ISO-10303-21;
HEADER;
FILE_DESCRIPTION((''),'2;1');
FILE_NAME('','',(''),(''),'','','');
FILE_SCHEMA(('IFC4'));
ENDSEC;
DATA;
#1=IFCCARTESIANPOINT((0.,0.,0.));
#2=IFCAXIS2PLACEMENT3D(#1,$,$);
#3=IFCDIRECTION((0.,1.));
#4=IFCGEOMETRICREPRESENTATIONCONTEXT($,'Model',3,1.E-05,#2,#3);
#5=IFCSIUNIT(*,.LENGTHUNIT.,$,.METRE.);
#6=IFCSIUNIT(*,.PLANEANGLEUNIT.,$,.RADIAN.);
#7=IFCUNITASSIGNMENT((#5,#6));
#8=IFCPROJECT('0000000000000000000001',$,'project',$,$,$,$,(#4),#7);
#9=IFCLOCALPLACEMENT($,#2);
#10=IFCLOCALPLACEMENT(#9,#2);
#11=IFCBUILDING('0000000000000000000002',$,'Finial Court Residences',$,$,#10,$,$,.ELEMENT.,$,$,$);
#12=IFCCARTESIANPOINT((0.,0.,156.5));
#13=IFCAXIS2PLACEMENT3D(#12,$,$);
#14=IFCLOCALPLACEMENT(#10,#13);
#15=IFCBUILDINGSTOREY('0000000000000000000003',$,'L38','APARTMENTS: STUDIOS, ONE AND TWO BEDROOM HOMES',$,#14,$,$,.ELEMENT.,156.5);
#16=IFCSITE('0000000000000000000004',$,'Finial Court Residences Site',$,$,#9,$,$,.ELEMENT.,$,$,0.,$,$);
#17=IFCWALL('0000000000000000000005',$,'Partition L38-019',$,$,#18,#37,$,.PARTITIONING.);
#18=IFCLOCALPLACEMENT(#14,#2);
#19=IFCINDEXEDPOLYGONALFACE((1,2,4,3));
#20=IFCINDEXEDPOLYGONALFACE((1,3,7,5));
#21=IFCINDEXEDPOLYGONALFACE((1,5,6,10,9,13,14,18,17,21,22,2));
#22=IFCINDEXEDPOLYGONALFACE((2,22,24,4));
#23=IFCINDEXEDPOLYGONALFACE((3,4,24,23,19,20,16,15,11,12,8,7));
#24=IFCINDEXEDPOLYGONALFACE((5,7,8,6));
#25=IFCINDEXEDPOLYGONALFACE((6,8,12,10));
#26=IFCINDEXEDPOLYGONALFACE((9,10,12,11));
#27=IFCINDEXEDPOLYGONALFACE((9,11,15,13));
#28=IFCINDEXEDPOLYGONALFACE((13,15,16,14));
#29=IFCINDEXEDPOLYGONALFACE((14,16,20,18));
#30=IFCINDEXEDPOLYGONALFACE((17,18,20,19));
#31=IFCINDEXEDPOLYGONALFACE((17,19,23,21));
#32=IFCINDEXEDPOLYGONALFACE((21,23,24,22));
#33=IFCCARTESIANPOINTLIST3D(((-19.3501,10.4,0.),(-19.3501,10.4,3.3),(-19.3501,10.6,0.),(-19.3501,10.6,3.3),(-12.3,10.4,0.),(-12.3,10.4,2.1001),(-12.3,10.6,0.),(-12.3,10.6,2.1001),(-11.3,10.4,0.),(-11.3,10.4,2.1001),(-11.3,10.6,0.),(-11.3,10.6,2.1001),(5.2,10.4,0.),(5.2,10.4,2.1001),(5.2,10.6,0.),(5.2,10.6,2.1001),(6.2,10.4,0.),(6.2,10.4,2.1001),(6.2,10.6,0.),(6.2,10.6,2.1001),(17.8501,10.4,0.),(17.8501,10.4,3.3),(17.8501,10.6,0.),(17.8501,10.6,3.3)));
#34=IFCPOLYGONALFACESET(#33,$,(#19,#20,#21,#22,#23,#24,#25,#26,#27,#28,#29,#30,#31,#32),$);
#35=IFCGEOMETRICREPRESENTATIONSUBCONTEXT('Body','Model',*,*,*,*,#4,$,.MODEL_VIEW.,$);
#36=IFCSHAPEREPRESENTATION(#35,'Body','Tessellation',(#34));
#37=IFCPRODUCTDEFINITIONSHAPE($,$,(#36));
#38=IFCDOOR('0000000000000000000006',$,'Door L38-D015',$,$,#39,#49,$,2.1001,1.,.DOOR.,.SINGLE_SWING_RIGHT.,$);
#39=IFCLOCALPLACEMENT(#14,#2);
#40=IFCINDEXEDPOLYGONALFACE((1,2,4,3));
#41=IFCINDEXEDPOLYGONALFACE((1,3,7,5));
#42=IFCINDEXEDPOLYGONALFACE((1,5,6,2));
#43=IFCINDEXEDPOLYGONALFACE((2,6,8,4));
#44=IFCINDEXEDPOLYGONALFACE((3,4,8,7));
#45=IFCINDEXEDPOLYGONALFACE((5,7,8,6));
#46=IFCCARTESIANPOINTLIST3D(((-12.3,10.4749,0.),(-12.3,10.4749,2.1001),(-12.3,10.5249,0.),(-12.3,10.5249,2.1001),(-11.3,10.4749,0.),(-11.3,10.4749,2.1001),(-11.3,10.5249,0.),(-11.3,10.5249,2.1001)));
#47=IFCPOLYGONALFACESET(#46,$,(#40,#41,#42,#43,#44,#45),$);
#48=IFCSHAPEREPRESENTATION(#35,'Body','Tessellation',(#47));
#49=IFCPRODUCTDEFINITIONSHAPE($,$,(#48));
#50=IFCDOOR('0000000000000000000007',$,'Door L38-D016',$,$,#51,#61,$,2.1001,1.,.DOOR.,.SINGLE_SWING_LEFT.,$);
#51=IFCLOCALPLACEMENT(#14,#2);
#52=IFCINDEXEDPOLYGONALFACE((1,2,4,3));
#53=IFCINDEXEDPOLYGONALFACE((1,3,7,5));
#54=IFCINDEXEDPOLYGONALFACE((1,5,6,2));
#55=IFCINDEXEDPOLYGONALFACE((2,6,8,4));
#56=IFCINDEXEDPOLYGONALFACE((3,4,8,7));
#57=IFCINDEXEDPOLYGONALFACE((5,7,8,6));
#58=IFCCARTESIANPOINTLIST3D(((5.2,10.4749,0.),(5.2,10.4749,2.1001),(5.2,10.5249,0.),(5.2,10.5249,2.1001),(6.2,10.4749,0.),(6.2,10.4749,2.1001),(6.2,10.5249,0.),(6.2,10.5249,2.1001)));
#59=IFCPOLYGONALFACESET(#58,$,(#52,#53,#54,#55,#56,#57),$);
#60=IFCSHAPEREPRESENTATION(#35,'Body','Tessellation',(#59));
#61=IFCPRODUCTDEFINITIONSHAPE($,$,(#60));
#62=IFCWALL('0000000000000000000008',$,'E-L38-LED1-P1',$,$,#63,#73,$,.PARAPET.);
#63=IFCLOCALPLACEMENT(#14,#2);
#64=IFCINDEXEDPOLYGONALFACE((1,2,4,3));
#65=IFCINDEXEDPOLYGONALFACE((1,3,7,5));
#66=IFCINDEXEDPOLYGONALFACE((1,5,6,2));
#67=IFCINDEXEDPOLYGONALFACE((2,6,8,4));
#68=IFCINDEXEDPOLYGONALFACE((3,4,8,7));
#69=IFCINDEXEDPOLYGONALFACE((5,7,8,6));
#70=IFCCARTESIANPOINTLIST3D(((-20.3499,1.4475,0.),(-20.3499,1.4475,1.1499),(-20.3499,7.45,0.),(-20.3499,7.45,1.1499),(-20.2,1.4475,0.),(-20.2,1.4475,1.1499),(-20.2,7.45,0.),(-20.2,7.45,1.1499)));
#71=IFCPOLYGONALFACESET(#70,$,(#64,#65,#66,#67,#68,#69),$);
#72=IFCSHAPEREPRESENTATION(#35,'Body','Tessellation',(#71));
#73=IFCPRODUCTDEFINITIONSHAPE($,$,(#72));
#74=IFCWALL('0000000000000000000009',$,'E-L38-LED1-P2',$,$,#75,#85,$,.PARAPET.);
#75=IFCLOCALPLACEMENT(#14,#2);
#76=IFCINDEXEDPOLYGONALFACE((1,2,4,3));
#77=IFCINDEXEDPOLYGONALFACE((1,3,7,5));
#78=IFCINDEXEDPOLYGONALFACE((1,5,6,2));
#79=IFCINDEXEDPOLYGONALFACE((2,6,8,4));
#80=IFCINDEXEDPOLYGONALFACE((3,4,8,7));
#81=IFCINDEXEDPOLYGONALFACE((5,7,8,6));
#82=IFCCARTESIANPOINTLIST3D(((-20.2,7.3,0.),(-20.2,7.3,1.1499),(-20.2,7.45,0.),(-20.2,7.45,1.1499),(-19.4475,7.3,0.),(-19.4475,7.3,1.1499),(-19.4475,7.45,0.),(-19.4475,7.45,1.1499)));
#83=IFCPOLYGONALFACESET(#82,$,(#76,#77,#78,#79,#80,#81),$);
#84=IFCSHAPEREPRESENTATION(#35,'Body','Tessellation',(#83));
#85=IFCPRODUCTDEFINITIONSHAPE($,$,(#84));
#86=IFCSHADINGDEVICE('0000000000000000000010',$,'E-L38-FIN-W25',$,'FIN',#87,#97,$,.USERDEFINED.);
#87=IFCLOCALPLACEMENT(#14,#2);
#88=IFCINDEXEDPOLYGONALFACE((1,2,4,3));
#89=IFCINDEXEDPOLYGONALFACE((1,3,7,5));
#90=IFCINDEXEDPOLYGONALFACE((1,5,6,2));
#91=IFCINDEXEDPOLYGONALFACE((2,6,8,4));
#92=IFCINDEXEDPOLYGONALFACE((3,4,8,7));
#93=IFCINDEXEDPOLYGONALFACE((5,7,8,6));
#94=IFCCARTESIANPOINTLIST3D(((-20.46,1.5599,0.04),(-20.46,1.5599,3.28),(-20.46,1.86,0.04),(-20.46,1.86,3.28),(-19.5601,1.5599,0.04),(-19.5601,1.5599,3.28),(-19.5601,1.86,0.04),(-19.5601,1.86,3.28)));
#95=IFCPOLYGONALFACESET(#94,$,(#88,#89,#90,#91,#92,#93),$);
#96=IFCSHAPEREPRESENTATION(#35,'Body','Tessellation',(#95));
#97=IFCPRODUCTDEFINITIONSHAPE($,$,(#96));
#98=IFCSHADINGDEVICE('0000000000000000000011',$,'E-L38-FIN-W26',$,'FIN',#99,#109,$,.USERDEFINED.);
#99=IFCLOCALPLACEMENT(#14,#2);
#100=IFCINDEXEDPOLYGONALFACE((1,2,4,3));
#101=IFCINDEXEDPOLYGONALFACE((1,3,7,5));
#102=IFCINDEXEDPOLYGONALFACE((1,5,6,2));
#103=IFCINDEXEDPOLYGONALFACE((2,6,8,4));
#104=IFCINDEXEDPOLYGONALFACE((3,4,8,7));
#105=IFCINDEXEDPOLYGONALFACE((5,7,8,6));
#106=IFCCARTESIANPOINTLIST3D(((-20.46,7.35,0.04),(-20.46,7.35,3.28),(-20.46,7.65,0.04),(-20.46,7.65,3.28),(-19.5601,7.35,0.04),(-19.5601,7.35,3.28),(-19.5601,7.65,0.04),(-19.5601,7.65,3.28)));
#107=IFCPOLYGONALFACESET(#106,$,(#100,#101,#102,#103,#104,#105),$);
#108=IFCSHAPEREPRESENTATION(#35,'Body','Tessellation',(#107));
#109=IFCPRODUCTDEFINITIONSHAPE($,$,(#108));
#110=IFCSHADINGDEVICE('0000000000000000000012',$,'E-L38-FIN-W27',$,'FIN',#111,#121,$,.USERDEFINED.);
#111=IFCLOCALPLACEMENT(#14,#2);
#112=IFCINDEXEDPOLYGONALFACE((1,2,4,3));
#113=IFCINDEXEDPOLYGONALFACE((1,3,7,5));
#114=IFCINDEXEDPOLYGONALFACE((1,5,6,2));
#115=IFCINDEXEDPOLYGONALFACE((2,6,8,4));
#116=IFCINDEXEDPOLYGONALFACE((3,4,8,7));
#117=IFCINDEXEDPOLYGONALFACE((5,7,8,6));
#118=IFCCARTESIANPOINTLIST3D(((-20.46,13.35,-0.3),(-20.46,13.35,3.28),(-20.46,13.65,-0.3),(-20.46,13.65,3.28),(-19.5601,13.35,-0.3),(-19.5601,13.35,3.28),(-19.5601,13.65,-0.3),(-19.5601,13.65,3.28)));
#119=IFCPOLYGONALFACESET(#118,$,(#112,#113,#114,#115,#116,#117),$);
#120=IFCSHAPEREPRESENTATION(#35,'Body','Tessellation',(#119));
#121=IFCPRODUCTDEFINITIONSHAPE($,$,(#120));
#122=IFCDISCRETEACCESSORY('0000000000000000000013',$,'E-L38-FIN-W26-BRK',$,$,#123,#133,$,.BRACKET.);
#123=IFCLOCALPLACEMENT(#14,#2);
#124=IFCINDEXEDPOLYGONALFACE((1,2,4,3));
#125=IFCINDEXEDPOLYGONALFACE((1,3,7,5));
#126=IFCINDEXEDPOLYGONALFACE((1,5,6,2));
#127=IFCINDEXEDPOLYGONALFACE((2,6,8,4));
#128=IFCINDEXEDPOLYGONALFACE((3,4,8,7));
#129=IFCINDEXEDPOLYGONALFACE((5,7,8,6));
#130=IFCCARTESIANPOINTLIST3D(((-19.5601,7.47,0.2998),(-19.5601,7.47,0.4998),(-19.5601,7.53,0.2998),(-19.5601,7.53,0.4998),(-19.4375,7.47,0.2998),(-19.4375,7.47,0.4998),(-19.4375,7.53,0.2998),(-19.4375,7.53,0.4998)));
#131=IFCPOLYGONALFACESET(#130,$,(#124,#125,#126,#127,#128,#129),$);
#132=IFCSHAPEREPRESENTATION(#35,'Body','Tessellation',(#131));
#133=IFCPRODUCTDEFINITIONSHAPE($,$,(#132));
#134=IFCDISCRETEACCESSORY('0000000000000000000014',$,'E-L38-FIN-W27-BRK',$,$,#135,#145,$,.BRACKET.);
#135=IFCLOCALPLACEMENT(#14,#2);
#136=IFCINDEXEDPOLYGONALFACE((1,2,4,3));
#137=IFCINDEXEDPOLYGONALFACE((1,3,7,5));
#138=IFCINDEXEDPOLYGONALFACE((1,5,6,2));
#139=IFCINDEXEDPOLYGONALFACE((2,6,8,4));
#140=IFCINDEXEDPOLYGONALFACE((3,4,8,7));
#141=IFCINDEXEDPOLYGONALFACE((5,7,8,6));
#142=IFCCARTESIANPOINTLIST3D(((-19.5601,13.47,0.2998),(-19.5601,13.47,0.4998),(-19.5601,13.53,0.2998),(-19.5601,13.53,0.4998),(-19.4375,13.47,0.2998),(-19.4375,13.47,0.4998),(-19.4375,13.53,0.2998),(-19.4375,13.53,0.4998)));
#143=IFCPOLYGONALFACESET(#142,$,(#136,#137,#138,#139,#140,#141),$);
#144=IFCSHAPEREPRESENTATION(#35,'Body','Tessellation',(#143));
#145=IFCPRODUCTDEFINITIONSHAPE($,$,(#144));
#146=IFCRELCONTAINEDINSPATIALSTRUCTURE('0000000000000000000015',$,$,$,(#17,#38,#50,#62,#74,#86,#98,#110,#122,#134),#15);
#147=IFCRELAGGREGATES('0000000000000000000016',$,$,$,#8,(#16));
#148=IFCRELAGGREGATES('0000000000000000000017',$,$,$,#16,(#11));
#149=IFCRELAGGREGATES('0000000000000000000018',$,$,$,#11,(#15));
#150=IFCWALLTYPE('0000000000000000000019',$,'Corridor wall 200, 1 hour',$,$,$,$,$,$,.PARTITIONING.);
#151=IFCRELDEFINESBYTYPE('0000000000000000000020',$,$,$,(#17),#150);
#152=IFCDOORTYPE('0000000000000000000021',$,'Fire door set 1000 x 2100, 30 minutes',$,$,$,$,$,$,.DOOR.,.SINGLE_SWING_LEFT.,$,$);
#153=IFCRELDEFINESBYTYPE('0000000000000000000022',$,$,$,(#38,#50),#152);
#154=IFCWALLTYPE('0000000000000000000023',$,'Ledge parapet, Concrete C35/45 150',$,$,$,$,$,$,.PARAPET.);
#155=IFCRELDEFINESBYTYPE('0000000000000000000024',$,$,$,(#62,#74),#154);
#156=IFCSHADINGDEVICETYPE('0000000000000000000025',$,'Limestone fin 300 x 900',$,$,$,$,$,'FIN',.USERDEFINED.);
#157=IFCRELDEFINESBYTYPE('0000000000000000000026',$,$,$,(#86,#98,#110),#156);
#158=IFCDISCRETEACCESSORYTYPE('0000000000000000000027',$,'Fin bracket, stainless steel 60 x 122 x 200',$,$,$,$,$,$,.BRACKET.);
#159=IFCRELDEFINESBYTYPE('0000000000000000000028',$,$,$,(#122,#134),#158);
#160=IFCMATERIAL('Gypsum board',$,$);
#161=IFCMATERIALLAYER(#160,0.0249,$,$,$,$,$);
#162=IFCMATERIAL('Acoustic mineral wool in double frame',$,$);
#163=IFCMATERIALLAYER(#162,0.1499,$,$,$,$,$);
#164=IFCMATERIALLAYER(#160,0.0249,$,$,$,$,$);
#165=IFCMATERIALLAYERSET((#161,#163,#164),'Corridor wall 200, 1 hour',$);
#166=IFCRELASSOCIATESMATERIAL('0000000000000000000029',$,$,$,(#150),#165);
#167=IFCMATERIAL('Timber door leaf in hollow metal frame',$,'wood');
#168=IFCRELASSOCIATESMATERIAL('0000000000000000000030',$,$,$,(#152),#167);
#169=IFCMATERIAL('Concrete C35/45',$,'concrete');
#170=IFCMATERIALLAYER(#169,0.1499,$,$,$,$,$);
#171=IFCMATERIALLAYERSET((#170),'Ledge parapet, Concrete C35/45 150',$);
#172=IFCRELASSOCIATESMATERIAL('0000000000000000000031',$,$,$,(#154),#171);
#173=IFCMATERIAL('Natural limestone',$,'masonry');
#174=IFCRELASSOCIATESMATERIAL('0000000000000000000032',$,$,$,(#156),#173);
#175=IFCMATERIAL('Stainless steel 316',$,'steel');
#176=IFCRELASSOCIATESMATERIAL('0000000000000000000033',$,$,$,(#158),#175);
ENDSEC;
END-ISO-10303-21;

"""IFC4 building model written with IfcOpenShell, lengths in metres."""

from ifc_helpers import new_model, si_unit, direction, frame, frame_2d, origin, origin_2d, place, context, subcontext, project, spatial, rectangle, extrude, material, layer, layer_set, type_object, element, fill, save


model = new_model("IFC4")

# Units and contexts
model_context = context("Model", 3, precision=1e-05, world=origin(), true_north=direction((0.0, 1.0)))
body_context = subcontext(model_context, "Body", "Model", "MODEL_VIEW")
ifc_project = project(units=[si_unit("LENGTHUNIT", "METRE"), si_unit("PLANEANGLEUNIT", "RADIAN")], contexts=[model_context])

# Site, building, storey
site_placement = place(None, origin())
site = spatial("IfcSite", under=ifc_project, at=site_placement, Name="Finial Court Residences Site", CompositionType="ELEMENT", RefElevation=0.0)
building_placement = place(site_placement, origin())
building = spatial("IfcBuilding", under=site, at=building_placement, Name="Finial Court Residences", CompositionType="ELEMENT")
storey_placement = place(building_placement, frame((0.0, 0.0, 156.5)))
storey = spatial("IfcBuildingStorey", under=building, at=storey_placement, Name="L38", Description="APARTMENTS: STUDIOS, ONE AND TWO BEDROOM HOMES", CompositionType="ELEMENT", Elevation=156.5)

# Wall, openings, doors
ifc_material_1 = material(Name="Gypsum board")
ifc_layer_1 = layer(ifc_material_1, 0.0249)
ifc_material_2 = material(Name="Acoustic mineral wool in double frame")
ifc_layer_2 = layer(ifc_material_2, 0.1499)
ifc_layer_3 = layer(ifc_material_1, 0.0249)
ifc_layer_set_1 = layer_set([ifc_layer_1, ifc_layer_2, ifc_layer_3], Name="Corridor wall 200, 1 hour")
wall_type_1 = type_object("IfcWallType", Name="Corridor wall 200, 1 hour", PredefinedType="PARTITIONING", material=ifc_layer_set_1)
wall_1_placement = place(storey_placement, frame((-19.3501, 10.5, 0.0), z_axis=(0.0, 0.0, 1.0), x_axis=(1.0, 0.0, 0.0)))
wall_1 = element("IfcWall", 1, at=wall_1_placement, inside=storey, type_object=wall_type_1, Name="Partition L38-019", PredefinedType="PARTITIONING", context=body_context, shape_type="SweptSolid", body=[
    extrude(rectangle(XDim=37.2002, YDim=0.2, at=frame_2d((18.6001, 0.0))), origin(), (0.0, 0.0, 1.0), 3.3),
])
opening_1_placement = place(wall_1_placement, frame((7.05, 0.0, 0.0)))
opening_1 = element("IfcOpeningElement", 2, at=opening_1_placement, cuts=wall_1, PredefinedType="OPENING", context=body_context, shape_type="SweptSolid", body=[
    extrude(rectangle(XDim=1.0, YDim=2.1001, at=frame_2d((0.5, 1.05))), frame((0.0, 0.1099, 0.0), z_axis=(0.0, -1.0, 0.0), x_axis=(1.0, 0.0, 0.0)), (0.0, 0.0, 1.0), 0.22),
])
opening_2_placement = place(wall_1_placement, frame((24.55, 0.0, 0.0)))
opening_2 = element("IfcOpeningElement", 3, at=opening_2_placement, cuts=wall_1, PredefinedType="OPENING", context=body_context, shape_type="SweptSolid", body=[
    extrude(rectangle(XDim=1.0, YDim=2.1001, at=frame_2d((0.5, 1.05))), frame((0.0, 0.1099, 0.0), z_axis=(0.0, -1.0, 0.0), x_axis=(1.0, 0.0, 0.0)), (0.0, 0.0, 1.0), 0.22),
])
ifc_material_3 = material(Name="Timber door leaf in hollow metal frame", Category="wood")
door_type = type_object("IfcDoorType", Name="Fire door set 1000 x 2100, 30 minutes", OperationType="SINGLE_SWING_LEFT", PredefinedType="DOOR", material=ifc_material_3)
door_1_placement = place(opening_1_placement, origin())
door_1 = element("IfcDoor", 4, at=door_1_placement, inside=storey, type_object=door_type, Name="Door L38-D015", OperationType="SINGLE_SWING_RIGHT", OverallHeight=2.1001, OverallWidth=1.0, PredefinedType="DOOR", context=body_context, shape_type="SweptSolid", body=[
    extrude(rectangle(XDim=1.0, YDim=2.1001, at=frame_2d((0.5, 1.05))), frame((0.0, 0.0249, 0.0), z_axis=(0.0, -1.0, 0.0), x_axis=(1.0, 0.0, 0.0)), (0.0, 0.0, 1.0), 0.05),
])
fill(opening_1, door_1)
door_2_placement = place(opening_2_placement, origin())
door_2 = element("IfcDoor", 5, at=door_2_placement, inside=storey, type_object=door_type, Name="Door L38-D016", OperationType="SINGLE_SWING_LEFT", OverallHeight=2.1001, OverallWidth=1.0, PredefinedType="DOOR", context=body_context, shape_type="SweptSolid", body=[
    extrude(rectangle(XDim=1.0, YDim=2.1001, at=frame_2d((0.5, 1.05))), frame((0.0, 0.0249, 0.0), z_axis=(0.0, -1.0, 0.0), x_axis=(1.0, 0.0, 0.0)), (0.0, 0.0, 1.0), 0.05),
])
fill(opening_2, door_2)

# Walls
ifc_material_4 = material(Name="Concrete C35/45", Category="concrete")
ifc_layer_4 = layer(ifc_material_4, 0.1499)
ifc_layer_set_2 = layer_set([ifc_layer_4], Name="Ledge parapet, Concrete C35/45 150")
wall_type_2 = type_object("IfcWallType", Name="Ledge parapet, Concrete C35/45 150", PredefinedType="PARAPET", material=ifc_layer_set_2)
wall_2_placement = place(storey_placement, frame((-20.2749, 1.4475, 0.0), z_axis=(0.0, 0.0, 1.0), x_axis=(0.0, 1.0, 0.0)))
element("IfcWall", 6, at=wall_2_placement, inside=storey, type_object=wall_type_2, Name="E-L38-LED1-P1", PredefinedType="PARAPET", context=body_context, shape_type="SweptSolid", body=[
    extrude(rectangle(XDim=6.0024, YDim=0.1499, at=frame_2d((3.0012, 0.0))), origin(), (0.0, 0.0, 1.0), 1.1499),
])
wall_3_placement = place(storey_placement, frame((-20.2, 7.375, 0.0), z_axis=(0.0, 0.0, 1.0), x_axis=(1.0, 0.0, 0.0)))
element("IfcWall", 7, at=wall_3_placement, inside=storey, type_object=wall_type_2, Name="E-L38-LED1-P2", PredefinedType="PARAPET", context=body_context, shape_type="SweptSolid", body=[
    extrude(rectangle(XDim=0.7524, YDim=0.1499, at=frame_2d((0.3762, 0.0))), origin(), (0.0, 0.0, 1.0), 1.1499),
])

# Shading devices
ifc_material_5 = material(Name="Natural limestone", Category="masonry")
shading_device_type = type_object("IfcShadingDeviceType", Name="Limestone fin 300 x 900", ElementType="FIN", PredefinedType="USERDEFINED", material=ifc_material_5)
for number, where, z_axis, x_axis, name in (
    (8, (-20.01, 1.71, 0.04), (0.0, 0.0, 1.0), (1.0, 0.0, 0.0), "E-L38-FIN-W25"),
    (9, (-20.01, 7.5, 0.04), (0.0, 0.0, 1.0), (1.0, 0.0, 0.0), "E-L38-FIN-W26"),
):
    element("IfcShadingDevice", number, at=place(storey_placement, frame(where, z_axis=z_axis, x_axis=x_axis)), inside=storey, type_object=shading_device_type, Name=name, ObjectType="FIN", PredefinedType="USERDEFINED", context=body_context, shape_type="SweptSolid", body=[
        extrude(rectangle(XDim=0.8999, YDim=0.3, at=origin_2d()), origin(), (0.0, 0.0, 1.0), 3.24),
    ])
shading_device_placement = place(storey_placement, frame((-20.01, 13.5, -0.3), z_axis=(0.0, 0.0, 1.0), x_axis=(1.0, 0.0, 0.0)))
element("IfcShadingDevice", 10, at=shading_device_placement, inside=storey, type_object=shading_device_type, Name="E-L38-FIN-W27", ObjectType="FIN", PredefinedType="USERDEFINED", context=body_context, shape_type="SweptSolid", body=[
    extrude(rectangle(XDim=0.8999, YDim=0.3, at=origin_2d()), origin(), (0.0, 0.0, 1.0), 3.5801),
])

# Discrete accessories
ifc_material_6 = material(Name="Stainless steel 316", Category="steel")
discrete_accessory_type = type_object("IfcDiscreteAccessoryType", Name="Fin bracket, stainless steel 60 x 122 x 200", PredefinedType="BRACKET", material=ifc_material_6)
for number, where, z_axis, x_axis, name in (
    (11, (-19.4988, 7.5, 0.2998), (0.0, 0.0, 1.0), (1.0, 0.0, 0.0), "E-L38-FIN-W26-BRK"),
    (12, (-19.4988, 13.5, 0.2998), (0.0, 0.0, 1.0), (1.0, 0.0, 0.0), "E-L38-FIN-W27-BRK"),
):
    element("IfcDiscreteAccessory", number, at=place(storey_placement, frame(where, z_axis=z_axis, x_axis=x_axis)), inside=storey, type_object=discrete_accessory_type, Name=name, PredefinedType="BRACKET", context=body_context, shape_type="SweptSolid", body=[
        extrude(rectangle(XDim=0.1226, YDim=0.0601, at=origin_2d()), origin(), (0.0, 0.0, 1.0), 0.2),
    ])

save(model, "model.ifc")
